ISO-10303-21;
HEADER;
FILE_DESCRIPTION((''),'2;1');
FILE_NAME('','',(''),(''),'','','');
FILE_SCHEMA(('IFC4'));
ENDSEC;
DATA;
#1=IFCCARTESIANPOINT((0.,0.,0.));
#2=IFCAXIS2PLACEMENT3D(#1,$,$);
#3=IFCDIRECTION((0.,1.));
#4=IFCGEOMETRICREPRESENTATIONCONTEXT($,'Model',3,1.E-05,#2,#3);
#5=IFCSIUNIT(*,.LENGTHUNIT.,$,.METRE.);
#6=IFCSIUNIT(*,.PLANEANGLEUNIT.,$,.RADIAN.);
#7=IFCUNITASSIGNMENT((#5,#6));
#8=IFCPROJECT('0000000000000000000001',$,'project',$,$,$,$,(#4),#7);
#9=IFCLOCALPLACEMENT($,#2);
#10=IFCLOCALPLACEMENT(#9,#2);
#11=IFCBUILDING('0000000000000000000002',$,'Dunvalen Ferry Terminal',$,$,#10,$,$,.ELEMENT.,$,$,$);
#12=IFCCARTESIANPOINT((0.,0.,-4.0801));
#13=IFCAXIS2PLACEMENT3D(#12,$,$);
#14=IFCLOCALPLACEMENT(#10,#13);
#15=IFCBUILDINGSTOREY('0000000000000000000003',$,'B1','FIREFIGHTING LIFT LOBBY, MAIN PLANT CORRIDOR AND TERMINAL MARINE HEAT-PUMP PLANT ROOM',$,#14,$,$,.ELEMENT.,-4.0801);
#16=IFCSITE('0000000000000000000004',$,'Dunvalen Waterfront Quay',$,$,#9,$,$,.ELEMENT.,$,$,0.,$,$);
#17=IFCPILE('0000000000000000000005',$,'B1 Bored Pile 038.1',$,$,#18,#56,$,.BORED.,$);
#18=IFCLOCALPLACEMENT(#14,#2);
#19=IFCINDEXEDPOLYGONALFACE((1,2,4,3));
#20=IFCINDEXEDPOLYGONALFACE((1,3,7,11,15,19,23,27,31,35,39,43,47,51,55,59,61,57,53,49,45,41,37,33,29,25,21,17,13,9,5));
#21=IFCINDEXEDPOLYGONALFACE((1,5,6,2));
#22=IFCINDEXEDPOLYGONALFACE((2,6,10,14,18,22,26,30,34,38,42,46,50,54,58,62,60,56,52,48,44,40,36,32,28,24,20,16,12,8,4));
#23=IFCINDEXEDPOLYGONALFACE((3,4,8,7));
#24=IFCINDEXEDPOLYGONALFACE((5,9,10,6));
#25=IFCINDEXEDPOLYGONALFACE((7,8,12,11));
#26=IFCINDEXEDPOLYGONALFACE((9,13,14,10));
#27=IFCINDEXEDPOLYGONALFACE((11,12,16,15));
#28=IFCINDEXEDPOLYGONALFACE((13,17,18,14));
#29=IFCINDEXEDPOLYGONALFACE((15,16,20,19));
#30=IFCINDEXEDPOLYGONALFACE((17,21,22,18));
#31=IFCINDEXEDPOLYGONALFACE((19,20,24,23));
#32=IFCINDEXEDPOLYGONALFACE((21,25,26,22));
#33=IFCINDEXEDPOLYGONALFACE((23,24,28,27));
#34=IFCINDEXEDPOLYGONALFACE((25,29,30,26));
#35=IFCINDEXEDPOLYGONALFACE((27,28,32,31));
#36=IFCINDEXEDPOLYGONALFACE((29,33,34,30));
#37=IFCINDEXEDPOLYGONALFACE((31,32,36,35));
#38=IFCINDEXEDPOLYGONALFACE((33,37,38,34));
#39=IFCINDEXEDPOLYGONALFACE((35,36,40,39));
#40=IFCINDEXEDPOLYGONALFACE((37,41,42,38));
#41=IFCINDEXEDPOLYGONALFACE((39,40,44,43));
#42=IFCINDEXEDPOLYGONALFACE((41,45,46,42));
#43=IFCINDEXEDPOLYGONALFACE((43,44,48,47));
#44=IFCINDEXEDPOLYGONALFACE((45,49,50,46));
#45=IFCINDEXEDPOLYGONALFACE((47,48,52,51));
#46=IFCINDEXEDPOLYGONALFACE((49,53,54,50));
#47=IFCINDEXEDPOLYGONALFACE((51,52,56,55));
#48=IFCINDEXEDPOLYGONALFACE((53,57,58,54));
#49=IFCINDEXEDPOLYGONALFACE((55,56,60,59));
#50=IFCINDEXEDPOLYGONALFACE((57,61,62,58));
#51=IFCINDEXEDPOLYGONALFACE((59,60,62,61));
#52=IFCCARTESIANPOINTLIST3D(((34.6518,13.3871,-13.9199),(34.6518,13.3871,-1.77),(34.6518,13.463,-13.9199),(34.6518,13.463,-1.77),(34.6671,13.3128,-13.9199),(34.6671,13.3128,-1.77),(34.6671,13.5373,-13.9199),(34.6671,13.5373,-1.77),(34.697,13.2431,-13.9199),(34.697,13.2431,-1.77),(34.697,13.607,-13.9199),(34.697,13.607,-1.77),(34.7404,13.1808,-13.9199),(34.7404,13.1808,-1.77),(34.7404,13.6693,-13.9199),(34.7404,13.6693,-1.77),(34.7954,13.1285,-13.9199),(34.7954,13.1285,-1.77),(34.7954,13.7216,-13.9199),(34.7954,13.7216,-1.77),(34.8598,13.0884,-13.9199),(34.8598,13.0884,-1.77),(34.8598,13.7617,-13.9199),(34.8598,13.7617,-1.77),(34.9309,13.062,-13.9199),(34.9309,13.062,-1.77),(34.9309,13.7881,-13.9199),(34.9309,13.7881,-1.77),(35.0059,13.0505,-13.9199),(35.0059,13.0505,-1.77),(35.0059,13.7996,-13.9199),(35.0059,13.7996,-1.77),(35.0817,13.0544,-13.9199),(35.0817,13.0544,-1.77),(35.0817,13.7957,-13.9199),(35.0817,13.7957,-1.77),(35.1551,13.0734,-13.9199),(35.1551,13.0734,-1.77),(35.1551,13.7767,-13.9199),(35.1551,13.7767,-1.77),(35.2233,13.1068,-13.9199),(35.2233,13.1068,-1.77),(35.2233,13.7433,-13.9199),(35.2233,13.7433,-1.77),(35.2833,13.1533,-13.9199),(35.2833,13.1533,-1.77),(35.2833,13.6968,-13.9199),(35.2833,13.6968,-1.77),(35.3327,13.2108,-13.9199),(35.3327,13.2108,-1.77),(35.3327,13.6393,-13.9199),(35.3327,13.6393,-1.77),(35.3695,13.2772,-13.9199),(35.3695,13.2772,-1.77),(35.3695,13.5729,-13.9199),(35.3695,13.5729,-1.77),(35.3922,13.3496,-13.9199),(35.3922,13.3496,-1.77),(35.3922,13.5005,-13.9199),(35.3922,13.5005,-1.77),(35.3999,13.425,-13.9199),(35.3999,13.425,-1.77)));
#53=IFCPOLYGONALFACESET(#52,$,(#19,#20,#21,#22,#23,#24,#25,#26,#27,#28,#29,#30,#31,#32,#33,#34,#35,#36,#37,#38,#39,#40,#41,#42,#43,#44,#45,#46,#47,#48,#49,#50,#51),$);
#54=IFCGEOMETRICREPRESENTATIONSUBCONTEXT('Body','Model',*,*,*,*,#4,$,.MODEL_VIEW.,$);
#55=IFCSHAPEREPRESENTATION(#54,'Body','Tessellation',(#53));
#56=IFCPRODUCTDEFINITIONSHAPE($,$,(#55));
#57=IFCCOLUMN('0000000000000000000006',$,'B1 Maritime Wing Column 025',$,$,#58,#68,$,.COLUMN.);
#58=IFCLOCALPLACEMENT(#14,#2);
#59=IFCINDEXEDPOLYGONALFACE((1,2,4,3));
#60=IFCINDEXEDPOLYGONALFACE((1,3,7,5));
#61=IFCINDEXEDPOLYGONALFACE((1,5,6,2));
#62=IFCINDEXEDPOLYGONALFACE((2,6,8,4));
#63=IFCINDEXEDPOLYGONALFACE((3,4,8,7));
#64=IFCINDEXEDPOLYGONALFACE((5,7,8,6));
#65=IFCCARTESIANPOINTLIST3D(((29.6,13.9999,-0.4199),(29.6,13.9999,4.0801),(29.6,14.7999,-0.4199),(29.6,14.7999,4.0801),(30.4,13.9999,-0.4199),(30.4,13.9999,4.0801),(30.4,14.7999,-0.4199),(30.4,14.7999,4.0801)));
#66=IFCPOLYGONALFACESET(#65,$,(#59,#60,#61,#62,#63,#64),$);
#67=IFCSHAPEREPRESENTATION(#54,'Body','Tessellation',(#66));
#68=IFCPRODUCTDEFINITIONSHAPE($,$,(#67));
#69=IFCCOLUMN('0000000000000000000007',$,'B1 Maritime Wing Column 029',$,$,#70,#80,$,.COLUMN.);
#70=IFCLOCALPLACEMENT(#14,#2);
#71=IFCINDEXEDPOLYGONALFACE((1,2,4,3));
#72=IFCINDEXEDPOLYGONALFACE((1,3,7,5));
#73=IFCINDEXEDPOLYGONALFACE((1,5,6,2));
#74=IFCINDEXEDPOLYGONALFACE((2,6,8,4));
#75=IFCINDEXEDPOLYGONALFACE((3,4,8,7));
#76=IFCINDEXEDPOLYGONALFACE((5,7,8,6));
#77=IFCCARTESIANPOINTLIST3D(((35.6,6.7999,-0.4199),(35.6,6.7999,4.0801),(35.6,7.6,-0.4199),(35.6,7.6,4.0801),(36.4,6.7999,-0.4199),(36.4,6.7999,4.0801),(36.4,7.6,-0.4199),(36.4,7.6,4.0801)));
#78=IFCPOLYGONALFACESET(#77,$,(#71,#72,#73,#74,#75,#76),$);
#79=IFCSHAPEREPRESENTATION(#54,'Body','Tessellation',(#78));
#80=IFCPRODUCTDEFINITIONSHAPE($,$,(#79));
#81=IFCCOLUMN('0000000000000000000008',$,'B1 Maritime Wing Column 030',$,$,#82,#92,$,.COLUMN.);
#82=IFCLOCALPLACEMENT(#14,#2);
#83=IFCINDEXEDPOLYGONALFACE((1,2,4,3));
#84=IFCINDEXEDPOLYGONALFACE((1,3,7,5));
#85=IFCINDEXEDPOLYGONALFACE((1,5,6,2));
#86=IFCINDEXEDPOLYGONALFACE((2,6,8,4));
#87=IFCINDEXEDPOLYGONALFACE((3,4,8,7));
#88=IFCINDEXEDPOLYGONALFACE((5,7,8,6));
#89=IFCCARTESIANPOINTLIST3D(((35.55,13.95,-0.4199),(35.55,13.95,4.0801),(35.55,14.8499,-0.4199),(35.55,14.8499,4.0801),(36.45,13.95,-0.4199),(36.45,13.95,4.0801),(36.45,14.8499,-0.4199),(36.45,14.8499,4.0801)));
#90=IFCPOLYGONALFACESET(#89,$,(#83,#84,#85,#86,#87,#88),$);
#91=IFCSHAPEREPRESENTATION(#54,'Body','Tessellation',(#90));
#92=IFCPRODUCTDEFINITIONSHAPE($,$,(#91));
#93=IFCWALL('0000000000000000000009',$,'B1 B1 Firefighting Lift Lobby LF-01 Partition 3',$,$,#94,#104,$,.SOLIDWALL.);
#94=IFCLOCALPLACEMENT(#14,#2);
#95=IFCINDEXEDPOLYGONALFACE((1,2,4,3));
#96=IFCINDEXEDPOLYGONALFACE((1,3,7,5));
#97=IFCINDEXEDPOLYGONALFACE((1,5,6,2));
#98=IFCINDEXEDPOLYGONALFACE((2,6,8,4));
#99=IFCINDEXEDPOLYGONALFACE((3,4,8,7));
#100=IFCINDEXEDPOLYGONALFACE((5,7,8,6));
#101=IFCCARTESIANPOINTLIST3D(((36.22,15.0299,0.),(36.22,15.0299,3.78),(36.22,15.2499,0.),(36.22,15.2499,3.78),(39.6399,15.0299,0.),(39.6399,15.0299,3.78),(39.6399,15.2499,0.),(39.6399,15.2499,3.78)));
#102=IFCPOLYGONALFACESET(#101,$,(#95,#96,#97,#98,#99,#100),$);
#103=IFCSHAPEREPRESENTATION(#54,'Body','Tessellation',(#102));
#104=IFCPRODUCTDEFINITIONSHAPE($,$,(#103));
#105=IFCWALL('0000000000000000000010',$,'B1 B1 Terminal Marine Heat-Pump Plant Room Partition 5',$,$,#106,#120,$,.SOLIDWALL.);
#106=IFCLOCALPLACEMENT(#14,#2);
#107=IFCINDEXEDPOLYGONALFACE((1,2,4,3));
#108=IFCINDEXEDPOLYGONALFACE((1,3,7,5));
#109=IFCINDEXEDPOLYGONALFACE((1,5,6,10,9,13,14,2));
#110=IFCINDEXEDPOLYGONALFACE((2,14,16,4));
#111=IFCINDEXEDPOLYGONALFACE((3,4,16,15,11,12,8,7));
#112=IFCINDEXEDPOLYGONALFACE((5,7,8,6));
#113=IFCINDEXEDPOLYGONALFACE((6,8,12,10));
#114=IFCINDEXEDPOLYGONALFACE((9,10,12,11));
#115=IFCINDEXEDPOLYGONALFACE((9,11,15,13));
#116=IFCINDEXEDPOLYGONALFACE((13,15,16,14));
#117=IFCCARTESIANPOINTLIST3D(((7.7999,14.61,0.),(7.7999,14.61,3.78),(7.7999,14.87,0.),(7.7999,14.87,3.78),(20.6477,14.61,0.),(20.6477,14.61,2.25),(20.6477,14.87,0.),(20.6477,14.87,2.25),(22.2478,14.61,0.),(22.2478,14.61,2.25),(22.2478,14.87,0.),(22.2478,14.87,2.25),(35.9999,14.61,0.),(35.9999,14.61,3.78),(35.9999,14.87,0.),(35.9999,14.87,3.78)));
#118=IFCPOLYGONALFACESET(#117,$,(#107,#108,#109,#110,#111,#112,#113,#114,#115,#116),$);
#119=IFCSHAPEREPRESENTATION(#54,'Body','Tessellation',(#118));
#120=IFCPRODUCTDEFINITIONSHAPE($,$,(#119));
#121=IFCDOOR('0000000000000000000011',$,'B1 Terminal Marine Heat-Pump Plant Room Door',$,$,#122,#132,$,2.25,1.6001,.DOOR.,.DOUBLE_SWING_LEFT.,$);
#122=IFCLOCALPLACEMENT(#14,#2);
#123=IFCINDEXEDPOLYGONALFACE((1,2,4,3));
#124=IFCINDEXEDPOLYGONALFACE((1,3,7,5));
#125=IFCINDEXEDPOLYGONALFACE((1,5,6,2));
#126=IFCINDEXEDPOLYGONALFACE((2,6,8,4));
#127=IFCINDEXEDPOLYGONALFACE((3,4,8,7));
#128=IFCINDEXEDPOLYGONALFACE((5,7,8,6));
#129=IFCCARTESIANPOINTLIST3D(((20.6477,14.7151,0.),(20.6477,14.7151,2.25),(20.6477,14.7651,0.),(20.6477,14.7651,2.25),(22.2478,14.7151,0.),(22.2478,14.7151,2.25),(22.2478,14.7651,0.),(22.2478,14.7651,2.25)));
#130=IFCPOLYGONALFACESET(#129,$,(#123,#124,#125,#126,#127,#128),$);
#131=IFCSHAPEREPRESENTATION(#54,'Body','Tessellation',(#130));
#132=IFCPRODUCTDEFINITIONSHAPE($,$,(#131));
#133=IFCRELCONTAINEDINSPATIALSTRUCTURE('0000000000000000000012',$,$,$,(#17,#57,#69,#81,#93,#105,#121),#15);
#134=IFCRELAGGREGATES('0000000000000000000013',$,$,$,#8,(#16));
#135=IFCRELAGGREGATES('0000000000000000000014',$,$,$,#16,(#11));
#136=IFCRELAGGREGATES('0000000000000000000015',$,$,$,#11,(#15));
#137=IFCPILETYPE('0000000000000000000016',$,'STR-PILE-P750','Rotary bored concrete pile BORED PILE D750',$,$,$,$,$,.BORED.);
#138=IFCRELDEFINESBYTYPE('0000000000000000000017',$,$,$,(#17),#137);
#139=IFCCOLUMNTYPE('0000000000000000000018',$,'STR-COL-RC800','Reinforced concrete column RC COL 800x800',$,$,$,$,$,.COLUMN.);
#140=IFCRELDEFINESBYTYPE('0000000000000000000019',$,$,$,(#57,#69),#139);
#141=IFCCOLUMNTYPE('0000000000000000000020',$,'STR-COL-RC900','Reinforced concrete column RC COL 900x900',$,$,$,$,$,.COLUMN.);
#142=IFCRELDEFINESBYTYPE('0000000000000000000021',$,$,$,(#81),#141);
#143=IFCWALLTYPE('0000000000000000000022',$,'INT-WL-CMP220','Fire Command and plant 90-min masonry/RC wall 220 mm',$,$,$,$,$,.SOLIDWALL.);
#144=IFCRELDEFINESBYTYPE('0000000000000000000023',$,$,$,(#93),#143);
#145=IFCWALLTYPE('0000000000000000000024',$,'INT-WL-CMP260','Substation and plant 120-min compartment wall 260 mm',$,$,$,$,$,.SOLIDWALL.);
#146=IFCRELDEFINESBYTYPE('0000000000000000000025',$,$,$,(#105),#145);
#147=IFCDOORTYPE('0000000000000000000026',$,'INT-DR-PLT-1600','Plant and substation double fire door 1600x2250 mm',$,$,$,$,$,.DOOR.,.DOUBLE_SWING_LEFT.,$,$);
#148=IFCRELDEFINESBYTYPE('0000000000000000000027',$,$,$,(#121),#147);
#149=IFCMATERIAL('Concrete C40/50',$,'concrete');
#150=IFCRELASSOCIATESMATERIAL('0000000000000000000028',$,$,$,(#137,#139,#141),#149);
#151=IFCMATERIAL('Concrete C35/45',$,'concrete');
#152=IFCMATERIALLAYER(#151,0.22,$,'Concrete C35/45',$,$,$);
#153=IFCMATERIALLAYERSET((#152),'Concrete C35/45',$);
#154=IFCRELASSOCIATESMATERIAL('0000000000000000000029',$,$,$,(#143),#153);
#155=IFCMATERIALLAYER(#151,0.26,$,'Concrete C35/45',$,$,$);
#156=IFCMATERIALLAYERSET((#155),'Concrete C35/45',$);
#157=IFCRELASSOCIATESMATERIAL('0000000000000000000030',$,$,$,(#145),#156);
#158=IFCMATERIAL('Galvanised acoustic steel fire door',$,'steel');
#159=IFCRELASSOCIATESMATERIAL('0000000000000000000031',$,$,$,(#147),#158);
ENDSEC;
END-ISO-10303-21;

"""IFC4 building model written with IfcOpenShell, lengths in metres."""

from ifc_helpers import new_model, si_unit, direction, frame, frame_2d, origin, origin_2d, place, context, subcontext, project, spatial, rectangle, circle, extrude, material, layer, layer_set, material_profile, profile_set, type_object, element, fill, save


model = new_model("IFC4")

# Units and contexts
model_context = context("Model", 3, precision=1e-05, world=origin(), true_north=direction((0.0, 1.0)))
body_context = subcontext(model_context, "Body", "Model", "MODEL_VIEW")
ifc_project = project(units=[si_unit("LENGTHUNIT", "METRE"), si_unit("PLANEANGLEUNIT", "RADIAN")], contexts=[model_context])

# Site, building, storey
site_placement = place(None, origin())
site = spatial("IfcSite", under=ifc_project, at=site_placement, Name="Dunvalen Waterfront Quay", CompositionType="ELEMENT", RefElevation=0.0)
building_placement = place(site_placement, origin())
building = spatial("IfcBuilding", under=site, at=building_placement, Name="Dunvalen Ferry Terminal", CompositionType="ELEMENT")
storey_placement = place(building_placement, frame((0.0, 0.0, -4.0801)))
storey = spatial("IfcBuildingStorey", under=building, at=storey_placement, Name="B1", Description="FIREFIGHTING LIFT LOBBY, MAIN PLANT CORRIDOR AND TERMINAL MARINE HEAT-PUMP PLANT ROOM", CompositionType="ELEMENT", Elevation=-4.0801)

# Shared definitions
ifc_material_1 = material(Name="Concrete C40/50", Category="concrete")

# Pile
ifc_material_profile_1 = material_profile(ifc_material_1, circle(Radius=0.375, at=origin_2d()), Name="Concrete C40/50")
ifc_profile_set_1 = profile_set([ifc_material_profile_1], Name="Concrete C40/50")
pile_type = type_object("IfcPileType", Name="STR-PILE-P750", Description="Rotary bored concrete pile BORED PILE D750", PredefinedType="BORED", material=ifc_profile_set_1)
pile_1_placement = place(storey_placement, frame((35.0249, 13.425, -1.77), z_axis=(0.0, 0.0, -1.0), x_axis=(1.0, 0.0, 0.0)))
element("IfcPile", 1, at=pile_1_placement, inside=storey, type_object=pile_type, Name="B1 Bored Pile 038.1", PredefinedType="BORED", context=body_context, shape_type="SweptSolid", body=[
    extrude(circle(Radius=0.375, at=origin_2d()), origin(), (0.0, 0.0, 1.0), 12.1499),
])

# Columns
ifc_material_profile_2 = material_profile(ifc_material_1, rectangle(XDim=0.8, YDim=0.8, at=origin_2d()), Name="Concrete C40/50")
ifc_profile_set_2 = profile_set([ifc_material_profile_2], Name="Concrete C40/50")
column_type_1 = type_object("IfcColumnType", Name="STR-COL-RC800", Description="Reinforced concrete column RC COL 800x800", PredefinedType="COLUMN", material=ifc_profile_set_2)
for number, where, z_axis, x_axis, name in (
    (2, (30.0, 14.3999, -0.4199), (0.0, 0.0, 1.0), (1.0, 0.0, 0.0), "B1 Maritime Wing Column 025"),
    (3, (36.0, 7.2, -0.4199), (0.0, 0.0, 1.0), (1.0, 0.0, 0.0), "B1 Maritime Wing Column 029"),
):
    element("IfcColumn", number, at=place(storey_placement, frame(where, z_axis=z_axis, x_axis=x_axis)), inside=storey, type_object=column_type_1, Name=name, PredefinedType="COLUMN", context=body_context, shape_type="SweptSolid", body=[
        extrude(rectangle(XDim=0.8, YDim=0.8, at=origin_2d()), origin(), (0.0, 0.0, 1.0), 4.5),
    ])
ifc_material_profile_3 = material_profile(ifc_material_1, rectangle(XDim=0.8999, YDim=0.8999, at=origin_2d()), Name="Concrete C40/50")
ifc_profile_set_3 = profile_set([ifc_material_profile_3], Name="Concrete C40/50")
column_type_2 = type_object("IfcColumnType", Name="STR-COL-RC900", Description="Reinforced concrete column RC COL 900x900", PredefinedType="COLUMN", material=ifc_profile_set_3)
column_placement = place(storey_placement, frame((36.0, 14.3999, -0.4199), z_axis=(0.0, 0.0, 1.0), x_axis=(1.0, 0.0, 0.0)))
element("IfcColumn", 4, at=column_placement, inside=storey, type_object=column_type_2, Name="B1 Maritime Wing Column 030", PredefinedType="COLUMN", context=body_context, shape_type="SweptSolid", body=[
    extrude(rectangle(XDim=0.8999, YDim=0.8999, at=origin_2d()), origin(), (0.0, 0.0, 1.0), 4.5),
])

# Wall
ifc_material_2 = material(Name="Concrete C35/45", Category="concrete")
ifc_layer_1 = layer(ifc_material_2, 0.22, Name="Concrete C35/45")
ifc_layer_set_1 = layer_set([ifc_layer_1], Name="Concrete C35/45")
wall_type_1 = type_object("IfcWallType", Name="INT-WL-CMP220", Description="Fire Command and plant 90-min masonry/RC wall 220 mm", PredefinedType="SOLIDWALL", material=ifc_layer_set_1)
wall_1_placement = place(storey_placement, frame((36.22, 15.1399, 0.0), z_axis=(0.0, 0.0, 1.0), x_axis=(1.0, 0.0, 0.0)))
element("IfcWall", 5, at=wall_1_placement, inside=storey, type_object=wall_type_1, Name="B1 B1 Firefighting Lift Lobby LF-01 Partition 3", PredefinedType="SOLIDWALL", context=body_context, shape_type="SweptSolid", body=[
    extrude(rectangle(XDim=3.4199, YDim=0.22, at=frame_2d((1.71, 0.0))), origin(), (0.0, 0.0, 1.0), 3.78),
])

# Wall, opening, door
ifc_layer_2 = layer(ifc_material_2, 0.26, Name="Concrete C35/45")
ifc_layer_set_2 = layer_set([ifc_layer_2], Name="Concrete C35/45")
wall_type_2 = type_object("IfcWallType", Name="INT-WL-CMP260", Description="Substation and plant 120-min compartment wall 260 mm", PredefinedType="SOLIDWALL", material=ifc_layer_set_2)
wall_2_placement = place(storey_placement, frame((36.0, 14.74, 0.0), z_axis=(0.0, 0.0, 1.0), x_axis=(-1.0, 0.0, 0.0)))
wall_2 = element("IfcWall", 6, at=wall_2_placement, inside=storey, type_object=wall_type_2, Name="B1 B1 Terminal Marine Heat-Pump Plant Room Partition 5", PredefinedType="SOLIDWALL", context=body_context, shape_type="SweptSolid", body=[
    extrude(rectangle(XDim=28.2, YDim=0.26, at=frame_2d((14.1001, 0.0))), origin(), (0.0, 0.0, 1.0), 3.78),
])
opening_placement = place(wall_2_placement, frame((13.7522, 0.0, 0.0)))
opening = element("IfcOpeningElement", 7, at=opening_placement, cuts=wall_2, PredefinedType="OPENING", context=body_context, shape_type="SweptSolid", body=[
    extrude(rectangle(XDim=1.6001, YDim=2.25, at=frame_2d((0.8, 1.125))), frame((0.0, 0.1401, 0.0), z_axis=(0.0, -1.0, 0.0), x_axis=(1.0, 0.0, 0.0)), (0.0, 0.0, 1.0), 0.28),
])
ifc_material_3 = material(Name="Galvanised acoustic steel fire door", Category="steel")
door_type = type_object("IfcDoorType", Name="INT-DR-PLT-1600", Description="Plant and substation double fire door 1600x2250 mm", OperationType="DOUBLE_SWING_LEFT", PredefinedType="DOOR", material=ifc_material_3)
door_placement = place(opening_placement, origin())
door = element("IfcDoor", 8, at=door_placement, inside=storey, type_object=door_type, Name="B1 Terminal Marine Heat-Pump Plant Room Door", OperationType="DOUBLE_SWING_LEFT", OverallHeight=2.25, OverallWidth=1.6001, PredefinedType="DOOR", context=body_context, shape_type="SweptSolid", body=[
    extrude(rectangle(XDim=1.6001, YDim=2.25, at=frame_2d((0.8, 1.125))), frame((0.0, 0.0249, 0.0), z_axis=(0.0, -1.0, 0.0), x_axis=(1.0, 0.0, 0.0)), (0.0, 0.0, 1.0), 0.05),
])
fill(opening, door)

save(model, "model.ifc")
